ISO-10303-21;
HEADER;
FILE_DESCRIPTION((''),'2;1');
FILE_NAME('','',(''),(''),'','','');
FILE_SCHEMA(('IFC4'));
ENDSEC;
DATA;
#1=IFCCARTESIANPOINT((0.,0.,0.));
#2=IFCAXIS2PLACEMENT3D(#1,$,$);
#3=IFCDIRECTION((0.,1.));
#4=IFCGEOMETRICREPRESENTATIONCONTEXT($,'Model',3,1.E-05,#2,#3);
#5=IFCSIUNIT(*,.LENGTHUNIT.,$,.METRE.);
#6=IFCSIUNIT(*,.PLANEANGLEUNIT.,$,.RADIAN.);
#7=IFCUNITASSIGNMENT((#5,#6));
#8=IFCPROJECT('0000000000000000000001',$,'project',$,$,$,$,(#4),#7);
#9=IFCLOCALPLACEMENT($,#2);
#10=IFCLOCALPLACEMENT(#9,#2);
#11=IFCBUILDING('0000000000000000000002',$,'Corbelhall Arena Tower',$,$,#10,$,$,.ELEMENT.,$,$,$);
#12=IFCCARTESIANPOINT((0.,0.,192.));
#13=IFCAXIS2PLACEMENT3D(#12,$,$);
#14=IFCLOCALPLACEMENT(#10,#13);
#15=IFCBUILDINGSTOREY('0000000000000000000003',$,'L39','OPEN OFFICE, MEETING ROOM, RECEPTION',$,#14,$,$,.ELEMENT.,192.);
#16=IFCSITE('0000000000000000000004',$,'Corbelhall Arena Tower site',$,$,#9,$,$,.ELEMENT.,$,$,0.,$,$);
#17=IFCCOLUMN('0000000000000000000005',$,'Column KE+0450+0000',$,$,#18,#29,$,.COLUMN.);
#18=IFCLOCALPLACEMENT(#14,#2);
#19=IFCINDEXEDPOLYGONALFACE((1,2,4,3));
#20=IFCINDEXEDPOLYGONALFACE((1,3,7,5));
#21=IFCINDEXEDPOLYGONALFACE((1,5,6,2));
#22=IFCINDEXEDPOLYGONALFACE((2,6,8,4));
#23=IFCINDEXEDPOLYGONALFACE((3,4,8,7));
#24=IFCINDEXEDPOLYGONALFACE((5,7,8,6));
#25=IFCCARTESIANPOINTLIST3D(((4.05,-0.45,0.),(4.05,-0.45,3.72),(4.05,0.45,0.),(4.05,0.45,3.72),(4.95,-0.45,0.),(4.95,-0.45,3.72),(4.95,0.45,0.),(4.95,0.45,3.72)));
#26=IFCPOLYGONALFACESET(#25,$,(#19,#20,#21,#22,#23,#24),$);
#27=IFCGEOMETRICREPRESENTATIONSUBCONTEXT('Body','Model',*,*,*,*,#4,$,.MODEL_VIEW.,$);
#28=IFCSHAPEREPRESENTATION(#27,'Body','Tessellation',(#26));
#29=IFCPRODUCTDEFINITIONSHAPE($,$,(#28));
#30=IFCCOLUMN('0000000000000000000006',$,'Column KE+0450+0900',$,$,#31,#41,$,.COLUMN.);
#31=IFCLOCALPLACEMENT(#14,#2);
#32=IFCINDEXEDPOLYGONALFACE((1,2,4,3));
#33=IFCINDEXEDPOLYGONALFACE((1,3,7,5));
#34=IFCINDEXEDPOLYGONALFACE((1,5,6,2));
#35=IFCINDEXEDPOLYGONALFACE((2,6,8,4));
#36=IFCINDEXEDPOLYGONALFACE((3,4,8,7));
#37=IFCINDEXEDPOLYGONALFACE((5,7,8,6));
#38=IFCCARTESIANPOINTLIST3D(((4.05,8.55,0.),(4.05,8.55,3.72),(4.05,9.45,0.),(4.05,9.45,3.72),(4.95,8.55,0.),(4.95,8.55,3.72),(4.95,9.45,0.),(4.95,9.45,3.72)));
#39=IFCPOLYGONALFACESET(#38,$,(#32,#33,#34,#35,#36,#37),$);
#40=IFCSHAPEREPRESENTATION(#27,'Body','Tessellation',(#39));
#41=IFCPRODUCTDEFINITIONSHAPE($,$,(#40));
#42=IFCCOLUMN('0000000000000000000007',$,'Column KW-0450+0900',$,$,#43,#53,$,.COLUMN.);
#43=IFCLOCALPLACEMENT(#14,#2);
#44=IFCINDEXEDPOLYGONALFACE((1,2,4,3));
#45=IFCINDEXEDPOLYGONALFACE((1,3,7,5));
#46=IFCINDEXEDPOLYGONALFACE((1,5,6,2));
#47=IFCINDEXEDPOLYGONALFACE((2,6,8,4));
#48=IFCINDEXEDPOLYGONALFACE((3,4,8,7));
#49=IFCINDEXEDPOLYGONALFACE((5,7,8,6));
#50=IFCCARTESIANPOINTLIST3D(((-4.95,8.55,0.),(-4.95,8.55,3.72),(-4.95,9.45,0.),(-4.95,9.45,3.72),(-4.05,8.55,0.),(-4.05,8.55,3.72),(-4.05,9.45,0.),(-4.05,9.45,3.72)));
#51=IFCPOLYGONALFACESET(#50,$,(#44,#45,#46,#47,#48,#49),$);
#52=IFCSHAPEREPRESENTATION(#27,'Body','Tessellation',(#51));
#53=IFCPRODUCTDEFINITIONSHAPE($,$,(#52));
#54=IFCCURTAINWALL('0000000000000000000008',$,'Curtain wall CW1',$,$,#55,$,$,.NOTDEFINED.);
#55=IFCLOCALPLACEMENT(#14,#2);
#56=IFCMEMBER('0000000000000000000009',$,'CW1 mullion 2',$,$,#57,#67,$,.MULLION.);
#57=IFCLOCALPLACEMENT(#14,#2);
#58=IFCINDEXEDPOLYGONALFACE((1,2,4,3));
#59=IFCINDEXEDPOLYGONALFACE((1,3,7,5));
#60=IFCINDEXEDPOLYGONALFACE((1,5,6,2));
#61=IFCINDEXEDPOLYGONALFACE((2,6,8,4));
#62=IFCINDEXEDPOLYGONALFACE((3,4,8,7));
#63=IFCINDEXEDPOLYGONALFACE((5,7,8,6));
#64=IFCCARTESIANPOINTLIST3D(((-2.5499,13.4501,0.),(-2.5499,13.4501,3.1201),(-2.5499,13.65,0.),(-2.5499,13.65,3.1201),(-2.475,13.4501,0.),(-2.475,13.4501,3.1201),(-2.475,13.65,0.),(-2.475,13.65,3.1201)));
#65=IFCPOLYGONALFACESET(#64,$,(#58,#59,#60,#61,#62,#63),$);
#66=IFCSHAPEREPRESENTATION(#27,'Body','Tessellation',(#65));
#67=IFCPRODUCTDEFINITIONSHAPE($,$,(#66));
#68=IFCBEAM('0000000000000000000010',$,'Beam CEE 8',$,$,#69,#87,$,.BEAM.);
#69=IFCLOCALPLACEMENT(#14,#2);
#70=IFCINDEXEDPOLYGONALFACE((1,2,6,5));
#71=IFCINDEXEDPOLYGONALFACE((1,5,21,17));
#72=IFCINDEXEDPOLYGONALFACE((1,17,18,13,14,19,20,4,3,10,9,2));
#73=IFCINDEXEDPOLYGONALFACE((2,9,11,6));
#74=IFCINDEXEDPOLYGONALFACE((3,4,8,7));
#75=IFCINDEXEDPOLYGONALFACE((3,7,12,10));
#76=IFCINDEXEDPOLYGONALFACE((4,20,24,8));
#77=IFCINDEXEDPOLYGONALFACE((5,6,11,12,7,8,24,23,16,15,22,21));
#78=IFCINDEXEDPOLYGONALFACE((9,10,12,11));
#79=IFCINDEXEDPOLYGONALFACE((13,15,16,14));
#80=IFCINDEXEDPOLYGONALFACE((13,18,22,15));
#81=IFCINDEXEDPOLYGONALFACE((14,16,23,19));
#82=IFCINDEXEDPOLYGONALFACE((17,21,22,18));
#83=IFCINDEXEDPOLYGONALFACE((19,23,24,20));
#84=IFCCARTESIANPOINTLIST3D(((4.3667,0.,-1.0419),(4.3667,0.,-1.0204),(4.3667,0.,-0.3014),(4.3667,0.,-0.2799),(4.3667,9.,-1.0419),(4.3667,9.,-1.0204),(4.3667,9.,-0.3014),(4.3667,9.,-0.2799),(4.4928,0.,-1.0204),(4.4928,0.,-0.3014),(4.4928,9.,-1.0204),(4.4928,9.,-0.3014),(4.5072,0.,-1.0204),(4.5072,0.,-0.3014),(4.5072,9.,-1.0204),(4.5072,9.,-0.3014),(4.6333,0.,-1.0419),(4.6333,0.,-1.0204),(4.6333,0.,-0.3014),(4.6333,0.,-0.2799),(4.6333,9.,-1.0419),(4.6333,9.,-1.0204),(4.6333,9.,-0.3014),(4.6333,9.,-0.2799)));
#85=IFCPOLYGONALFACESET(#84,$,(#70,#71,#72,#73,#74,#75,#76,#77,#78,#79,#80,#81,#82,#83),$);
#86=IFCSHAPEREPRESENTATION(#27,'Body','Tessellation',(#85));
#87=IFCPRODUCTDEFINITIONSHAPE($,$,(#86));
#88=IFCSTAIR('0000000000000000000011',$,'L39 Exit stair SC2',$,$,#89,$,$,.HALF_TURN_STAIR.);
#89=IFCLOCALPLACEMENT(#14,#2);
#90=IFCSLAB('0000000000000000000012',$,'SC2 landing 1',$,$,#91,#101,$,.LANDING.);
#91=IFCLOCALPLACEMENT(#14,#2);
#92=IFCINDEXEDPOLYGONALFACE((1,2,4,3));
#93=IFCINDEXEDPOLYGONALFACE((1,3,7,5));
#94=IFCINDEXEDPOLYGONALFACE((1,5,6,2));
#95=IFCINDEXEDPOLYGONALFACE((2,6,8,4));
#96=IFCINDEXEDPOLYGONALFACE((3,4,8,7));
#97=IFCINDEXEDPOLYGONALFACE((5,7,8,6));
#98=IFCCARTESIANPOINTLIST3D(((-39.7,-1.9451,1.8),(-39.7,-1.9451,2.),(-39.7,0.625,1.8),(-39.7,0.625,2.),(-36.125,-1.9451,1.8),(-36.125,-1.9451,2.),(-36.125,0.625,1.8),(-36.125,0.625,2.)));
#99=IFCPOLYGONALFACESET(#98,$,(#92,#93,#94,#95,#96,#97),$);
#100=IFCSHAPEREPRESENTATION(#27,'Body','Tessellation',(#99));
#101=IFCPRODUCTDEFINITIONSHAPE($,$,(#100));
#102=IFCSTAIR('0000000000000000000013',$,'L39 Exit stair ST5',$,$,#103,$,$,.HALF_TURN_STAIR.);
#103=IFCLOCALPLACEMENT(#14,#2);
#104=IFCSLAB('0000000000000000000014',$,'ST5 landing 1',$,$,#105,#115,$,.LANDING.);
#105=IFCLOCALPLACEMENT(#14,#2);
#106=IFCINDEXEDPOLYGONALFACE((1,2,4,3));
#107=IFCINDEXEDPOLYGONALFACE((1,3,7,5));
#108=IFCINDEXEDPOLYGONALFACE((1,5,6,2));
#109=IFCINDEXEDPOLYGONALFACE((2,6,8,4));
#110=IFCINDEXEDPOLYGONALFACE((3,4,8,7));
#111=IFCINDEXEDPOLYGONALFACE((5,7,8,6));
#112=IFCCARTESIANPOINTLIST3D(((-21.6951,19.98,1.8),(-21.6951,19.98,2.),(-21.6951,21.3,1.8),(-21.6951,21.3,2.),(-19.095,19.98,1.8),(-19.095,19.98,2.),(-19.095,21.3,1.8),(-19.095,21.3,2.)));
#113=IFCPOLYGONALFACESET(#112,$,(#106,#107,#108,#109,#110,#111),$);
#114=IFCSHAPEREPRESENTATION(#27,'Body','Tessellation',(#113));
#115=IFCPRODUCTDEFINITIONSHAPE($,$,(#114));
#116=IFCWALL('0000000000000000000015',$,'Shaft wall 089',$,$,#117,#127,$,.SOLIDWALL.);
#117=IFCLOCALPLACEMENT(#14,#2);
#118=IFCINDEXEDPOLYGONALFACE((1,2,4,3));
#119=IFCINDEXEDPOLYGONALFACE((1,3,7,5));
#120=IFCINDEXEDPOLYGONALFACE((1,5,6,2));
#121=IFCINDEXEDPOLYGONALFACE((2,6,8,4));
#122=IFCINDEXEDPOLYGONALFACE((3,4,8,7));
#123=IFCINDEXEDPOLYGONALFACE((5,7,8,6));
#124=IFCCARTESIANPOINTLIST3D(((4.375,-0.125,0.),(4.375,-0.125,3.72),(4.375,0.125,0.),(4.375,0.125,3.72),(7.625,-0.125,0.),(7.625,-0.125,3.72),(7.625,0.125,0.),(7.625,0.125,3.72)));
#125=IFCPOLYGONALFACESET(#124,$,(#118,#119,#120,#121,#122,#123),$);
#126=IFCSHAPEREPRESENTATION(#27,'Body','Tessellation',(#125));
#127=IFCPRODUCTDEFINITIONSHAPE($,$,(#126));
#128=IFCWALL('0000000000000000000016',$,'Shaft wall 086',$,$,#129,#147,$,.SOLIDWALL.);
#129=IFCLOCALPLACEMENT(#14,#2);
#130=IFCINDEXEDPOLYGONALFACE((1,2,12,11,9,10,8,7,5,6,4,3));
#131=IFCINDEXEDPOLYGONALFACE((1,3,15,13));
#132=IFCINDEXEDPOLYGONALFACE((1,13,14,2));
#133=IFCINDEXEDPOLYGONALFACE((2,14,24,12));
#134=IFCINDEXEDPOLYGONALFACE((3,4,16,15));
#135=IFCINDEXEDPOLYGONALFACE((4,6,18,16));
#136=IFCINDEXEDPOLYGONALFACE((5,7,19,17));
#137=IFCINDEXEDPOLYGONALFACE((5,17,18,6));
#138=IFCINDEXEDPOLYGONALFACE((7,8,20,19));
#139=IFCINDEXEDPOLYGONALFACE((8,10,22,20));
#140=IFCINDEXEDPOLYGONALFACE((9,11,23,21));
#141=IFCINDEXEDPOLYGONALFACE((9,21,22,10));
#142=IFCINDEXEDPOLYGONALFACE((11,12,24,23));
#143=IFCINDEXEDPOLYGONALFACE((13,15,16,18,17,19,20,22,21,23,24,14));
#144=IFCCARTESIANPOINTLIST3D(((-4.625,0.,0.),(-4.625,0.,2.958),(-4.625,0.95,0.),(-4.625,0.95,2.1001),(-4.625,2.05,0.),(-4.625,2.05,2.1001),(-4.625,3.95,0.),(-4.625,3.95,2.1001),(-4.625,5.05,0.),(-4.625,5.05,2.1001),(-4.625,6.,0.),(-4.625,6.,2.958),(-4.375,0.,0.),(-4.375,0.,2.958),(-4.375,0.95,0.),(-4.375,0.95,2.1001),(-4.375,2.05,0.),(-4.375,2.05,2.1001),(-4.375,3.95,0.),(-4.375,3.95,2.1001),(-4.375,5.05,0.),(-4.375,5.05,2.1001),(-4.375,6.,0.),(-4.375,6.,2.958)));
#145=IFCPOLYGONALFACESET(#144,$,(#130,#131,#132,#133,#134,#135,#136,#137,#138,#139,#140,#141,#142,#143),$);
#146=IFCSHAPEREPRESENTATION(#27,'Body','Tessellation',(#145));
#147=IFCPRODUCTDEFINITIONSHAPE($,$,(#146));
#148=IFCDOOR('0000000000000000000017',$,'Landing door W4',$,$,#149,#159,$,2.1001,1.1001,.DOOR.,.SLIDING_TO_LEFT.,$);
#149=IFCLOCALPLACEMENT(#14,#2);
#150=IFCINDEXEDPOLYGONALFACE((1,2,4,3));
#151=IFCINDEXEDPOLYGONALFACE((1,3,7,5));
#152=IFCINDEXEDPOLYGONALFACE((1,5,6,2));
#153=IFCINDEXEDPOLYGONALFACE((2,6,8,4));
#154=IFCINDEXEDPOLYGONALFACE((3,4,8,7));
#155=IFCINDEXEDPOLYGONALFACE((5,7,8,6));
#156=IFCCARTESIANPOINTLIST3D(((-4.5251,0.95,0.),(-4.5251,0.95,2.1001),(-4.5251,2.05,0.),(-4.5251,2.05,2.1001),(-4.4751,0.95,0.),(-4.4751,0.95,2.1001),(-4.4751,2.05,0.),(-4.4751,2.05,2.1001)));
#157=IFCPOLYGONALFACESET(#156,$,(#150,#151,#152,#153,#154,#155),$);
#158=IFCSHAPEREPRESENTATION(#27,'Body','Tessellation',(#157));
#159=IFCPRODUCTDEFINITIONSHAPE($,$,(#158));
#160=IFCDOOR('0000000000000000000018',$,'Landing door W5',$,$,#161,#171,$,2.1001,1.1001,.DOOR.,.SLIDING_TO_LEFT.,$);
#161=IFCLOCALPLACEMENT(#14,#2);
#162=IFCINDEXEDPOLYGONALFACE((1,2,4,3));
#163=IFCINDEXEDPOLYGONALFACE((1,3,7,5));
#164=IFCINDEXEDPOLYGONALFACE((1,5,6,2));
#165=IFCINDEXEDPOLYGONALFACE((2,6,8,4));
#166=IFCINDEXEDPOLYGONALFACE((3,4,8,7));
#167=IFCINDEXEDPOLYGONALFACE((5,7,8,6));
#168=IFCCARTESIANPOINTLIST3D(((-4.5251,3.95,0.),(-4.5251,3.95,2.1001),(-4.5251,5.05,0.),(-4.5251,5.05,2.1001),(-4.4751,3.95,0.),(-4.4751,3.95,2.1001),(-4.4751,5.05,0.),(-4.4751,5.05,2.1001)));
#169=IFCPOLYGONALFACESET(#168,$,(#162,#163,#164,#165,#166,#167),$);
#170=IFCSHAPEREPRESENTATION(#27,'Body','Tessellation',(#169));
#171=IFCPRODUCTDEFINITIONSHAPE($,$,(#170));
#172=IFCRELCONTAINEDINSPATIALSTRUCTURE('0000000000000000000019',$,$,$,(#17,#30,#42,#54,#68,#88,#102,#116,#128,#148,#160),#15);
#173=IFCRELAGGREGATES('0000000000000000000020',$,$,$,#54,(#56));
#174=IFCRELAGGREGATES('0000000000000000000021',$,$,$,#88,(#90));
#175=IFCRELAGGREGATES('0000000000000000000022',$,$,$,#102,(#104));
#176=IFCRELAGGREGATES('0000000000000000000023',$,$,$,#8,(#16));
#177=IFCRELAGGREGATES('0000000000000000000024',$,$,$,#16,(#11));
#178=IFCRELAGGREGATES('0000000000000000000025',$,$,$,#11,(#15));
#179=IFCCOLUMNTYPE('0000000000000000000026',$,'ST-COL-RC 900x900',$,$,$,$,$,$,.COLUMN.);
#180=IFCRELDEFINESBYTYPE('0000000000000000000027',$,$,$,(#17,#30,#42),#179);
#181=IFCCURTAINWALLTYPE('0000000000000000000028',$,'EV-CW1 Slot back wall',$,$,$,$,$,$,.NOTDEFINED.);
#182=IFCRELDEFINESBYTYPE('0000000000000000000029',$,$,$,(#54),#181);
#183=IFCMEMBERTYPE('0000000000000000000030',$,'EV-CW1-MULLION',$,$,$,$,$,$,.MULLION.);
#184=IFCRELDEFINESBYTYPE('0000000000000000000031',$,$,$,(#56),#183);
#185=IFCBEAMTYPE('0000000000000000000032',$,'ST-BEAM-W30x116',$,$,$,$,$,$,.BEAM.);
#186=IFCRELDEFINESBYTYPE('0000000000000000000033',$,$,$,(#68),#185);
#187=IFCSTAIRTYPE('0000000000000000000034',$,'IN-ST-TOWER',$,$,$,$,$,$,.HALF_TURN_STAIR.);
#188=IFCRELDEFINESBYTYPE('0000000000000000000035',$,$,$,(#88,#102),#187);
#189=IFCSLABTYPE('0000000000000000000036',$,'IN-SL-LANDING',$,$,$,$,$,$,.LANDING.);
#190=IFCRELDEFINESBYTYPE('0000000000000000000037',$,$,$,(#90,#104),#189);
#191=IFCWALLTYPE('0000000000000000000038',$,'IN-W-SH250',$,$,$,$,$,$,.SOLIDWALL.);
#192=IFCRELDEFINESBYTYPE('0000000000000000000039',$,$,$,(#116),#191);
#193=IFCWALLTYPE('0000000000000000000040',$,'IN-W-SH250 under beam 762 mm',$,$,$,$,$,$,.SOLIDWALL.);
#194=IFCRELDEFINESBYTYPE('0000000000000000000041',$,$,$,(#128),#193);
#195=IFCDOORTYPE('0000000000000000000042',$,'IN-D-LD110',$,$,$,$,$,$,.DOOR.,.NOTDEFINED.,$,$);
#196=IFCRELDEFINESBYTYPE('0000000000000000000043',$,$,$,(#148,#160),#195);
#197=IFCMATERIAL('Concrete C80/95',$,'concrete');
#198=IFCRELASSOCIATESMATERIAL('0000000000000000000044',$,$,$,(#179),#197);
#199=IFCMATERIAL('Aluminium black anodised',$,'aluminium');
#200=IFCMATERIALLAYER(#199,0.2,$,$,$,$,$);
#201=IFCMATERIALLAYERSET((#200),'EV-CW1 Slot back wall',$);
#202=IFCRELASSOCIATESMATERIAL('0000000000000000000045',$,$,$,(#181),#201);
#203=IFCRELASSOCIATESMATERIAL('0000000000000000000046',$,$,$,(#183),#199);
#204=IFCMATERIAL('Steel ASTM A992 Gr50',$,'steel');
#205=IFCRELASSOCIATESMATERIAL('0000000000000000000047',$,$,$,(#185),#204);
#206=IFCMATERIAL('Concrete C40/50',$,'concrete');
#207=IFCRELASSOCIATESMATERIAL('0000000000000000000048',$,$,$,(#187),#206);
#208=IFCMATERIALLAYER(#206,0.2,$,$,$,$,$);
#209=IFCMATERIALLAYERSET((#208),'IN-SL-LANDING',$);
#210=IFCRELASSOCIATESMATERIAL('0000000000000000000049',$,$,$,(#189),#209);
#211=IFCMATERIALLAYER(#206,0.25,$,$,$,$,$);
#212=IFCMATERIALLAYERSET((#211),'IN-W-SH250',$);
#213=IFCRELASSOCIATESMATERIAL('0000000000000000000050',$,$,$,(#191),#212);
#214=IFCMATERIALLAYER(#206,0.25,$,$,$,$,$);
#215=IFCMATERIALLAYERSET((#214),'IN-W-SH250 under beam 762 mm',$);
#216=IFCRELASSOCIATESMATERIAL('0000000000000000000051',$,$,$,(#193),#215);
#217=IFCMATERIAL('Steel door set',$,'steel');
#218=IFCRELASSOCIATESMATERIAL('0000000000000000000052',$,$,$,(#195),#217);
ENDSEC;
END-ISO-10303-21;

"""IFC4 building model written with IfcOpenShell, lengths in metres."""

from ifc_helpers import new_model, si_unit, direction, frame, frame_2d, origin, origin_2d, place, context, subcontext, project, spatial, polyline, rectangle, i_section, outline, extrude, material, layer, layer_set, material_profile, profile_set, type_object, element, fill, aggregate, save


model = new_model("IFC4")

# Units and contexts
model_context = context("Model", 3, precision=1e-05, world=origin(), true_north=direction((0.0, 1.0)))
body_context = subcontext(model_context, "Body", "Model", "MODEL_VIEW")
ifc_project = project(units=[si_unit("LENGTHUNIT", "METRE"), si_unit("PLANEANGLEUNIT", "RADIAN")], contexts=[model_context])

# Site, building, storey
site_placement = place(None, origin())
site = spatial("IfcSite", under=ifc_project, at=site_placement, Name="Corbelhall Arena Tower site", CompositionType="ELEMENT", RefElevation=0.0)
building_placement = place(site_placement, origin())
building = spatial("IfcBuilding", under=site, at=building_placement, Name="Corbelhall Arena Tower", CompositionType="ELEMENT")
storey_placement = place(building_placement, frame((0.0, 0.0, 192.0)))
storey = spatial("IfcBuildingStorey", under=building, at=storey_placement, Name="L39", Description="OPEN OFFICE, MEETING ROOM, RECEPTION", CompositionType="ELEMENT", Elevation=192.0)

# Columns
ifc_material_1 = material(Name="Concrete C80/95", Category="concrete")
ifc_material_profile_1 = material_profile(ifc_material_1, rectangle(XDim=0.8999, YDim=0.8999, at=origin_2d()))
ifc_profile_set_1 = profile_set([ifc_material_profile_1], Name="Concrete C80/95")
column_type = type_object("IfcColumnType", Name="ST-COL-RC 900x900", PredefinedType="COLUMN", material=ifc_profile_set_1)
for number, where, z_axis, x_axis, name in (
    (1, (4.5, 0.0, 0.0), (0.0, 0.0, 1.0), (1.0, 0.0, 0.0), "Column KE+0450+0000"),
    (2, (4.5, 9.0, 0.0), (0.0, 0.0, 1.0), (1.0, 0.0, 0.0), "Column KE+0450+0900"),
    (3, (-4.5, 9.0, 0.0), (0.0, 0.0, 1.0), (1.0, 0.0, 0.0), "Column KW-0450+0900"),
):
    element("IfcColumn", number, at=place(storey_placement, frame(where, z_axis=z_axis, x_axis=x_axis)), inside=storey, type_object=column_type, Name=name, PredefinedType="COLUMN", context=body_context, shape_type="SweptSolid", body=[
        extrude(rectangle(XDim=0.8999, YDim=0.8999, at=origin_2d()), origin(), (0.0, 0.0, 1.0), 3.72),
    ])

# Curtain wall, member
ifc_material_2 = material(Name="Aluminium black anodised", Category="aluminium")
ifc_layer_1 = layer(ifc_material_2, 0.2)
ifc_layer_set_1 = layer_set([ifc_layer_1], Name="EV-CW1 Slot back wall")
curtain_wall_type = type_object("IfcCurtainWallType", Name="EV-CW1 Slot back wall", PredefinedType="NOTDEFINED", material=ifc_layer_set_1)
curtain_wall_placement = place(storey_placement, origin())
curtain_wall = element("IfcCurtainWall", 4, at=curtain_wall_placement, inside=storey, type_object=curtain_wall_type, Name="Curtain wall CW1", PredefinedType="NOTDEFINED")
ifc_material_profile_2 = material_profile(ifc_material_2, rectangle(XDim=0.2, YDim=0.075, at=origin_2d()))
ifc_profile_set_2 = profile_set([ifc_material_profile_2], Name="Aluminium black anodised")
member_type = type_object("IfcMemberType", Name="EV-CW1-MULLION", PredefinedType="MULLION", material=ifc_profile_set_2)
member_placement = place(storey_placement, frame((-2.5125, 13.55, 0.0), z_axis=(0.0, 0.0, 1.0), x_axis=(0.0, -1.0, 0.0)))
member = element("IfcMember", 5, at=member_placement, type_object=member_type, Name="CW1 mullion 2", PredefinedType="MULLION", context=body_context, shape_type="SweptSolid", body=[
    extrude(rectangle(XDim=0.2, YDim=0.075, at=origin_2d()), origin(), (0.0, 0.0, 1.0), 3.1201),
])
aggregate(curtain_wall, [member])

# Beam
ifc_material_3 = material(Name="Steel ASTM A992 Gr50", Category="steel")
ifc_material_profile_3 = material_profile(ifc_material_3, i_section(OverallWidth=0.2666, OverallDepth=0.762, WebThickness=0.0144, FlangeThickness=0.0215, at=origin_2d()))
ifc_profile_set_3 = profile_set([ifc_material_profile_3], Name="Steel ASTM A992 Gr50")
beam_type = type_object("IfcBeamType", Name="ST-BEAM-W30x116", PredefinedType="BEAM", material=ifc_profile_set_3)
beam_placement = place(storey_placement, frame((4.5, 0.0, -0.6609), z_axis=(0.0, 1.0, 0.0), x_axis=(-1.0, 0.0, 0.0)))
element("IfcBeam", 6, at=beam_placement, inside=storey, type_object=beam_type, Name="Beam CEE 8", PredefinedType="BEAM", context=body_context, shape_type="SweptSolid", body=[
    extrude(i_section(OverallWidth=0.2666, OverallDepth=0.762, WebThickness=0.0144, FlangeThickness=0.0215, at=origin_2d()), origin(), (0.0, 0.0, 1.0), 9.0),
])

# Stairs, slabs
ifc_material_4 = material(Name="Concrete C40/50", Category="concrete")
stair_type = type_object("IfcStairType", Name="IN-ST-TOWER", PredefinedType="HALF_TURN_STAIR", material=ifc_material_4)
stair_1_placement = place(storey_placement, origin())
stair_1 = element("IfcStair", 7, at=stair_1_placement, inside=storey, type_object=stair_type, Name="L39 Exit stair SC2", PredefinedType="HALF_TURN_STAIR")
ifc_layer_2 = layer(ifc_material_4, 0.2)
ifc_layer_set_2 = layer_set([ifc_layer_2], Name="IN-SL-LANDING")
slab_type = type_object("IfcSlabType", Name="IN-SL-LANDING", PredefinedType="LANDING", material=ifc_layer_set_2)
slab_1_placement = place(storey_placement, frame((0.0, 0.0, 1.8)))
slab_1 = element("IfcSlab", 8, at=slab_1_placement, type_object=slab_type, Name="SC2 landing 1", PredefinedType="LANDING", context=body_context, shape_type="SweptSolid", body=[
    extrude(outline(polyline([(-36.125, -1.9451), (-36.125, 0.625), (-39.7, 0.625), (-39.7, -1.9451), (-36.125, -1.9451)])), origin(), (0.0, 0.0, 1.0), 0.2),
])
aggregate(stair_1, [slab_1])
stair_2_placement = place(storey_placement, origin())
stair_2 = element("IfcStair", 9, at=stair_2_placement, inside=storey, type_object=stair_type, Name="L39 Exit stair ST5", PredefinedType="HALF_TURN_STAIR")
slab_2_placement = place(storey_placement, frame((0.0, 0.0, 1.8)))
slab_2 = element("IfcSlab", 10, at=slab_2_placement, type_object=slab_type, Name="ST5 landing 1", PredefinedType="LANDING", context=body_context, shape_type="SweptSolid", body=[
    extrude(outline(polyline([(-19.095, 19.98), (-19.095, 21.3), (-21.6951, 21.3), (-21.6951, 19.98), (-19.095, 19.98)])), origin(), (0.0, 0.0, 1.0), 0.2),
])
aggregate(stair_2, [slab_2])

# Shared definitions
ifc_material_5 = material(Name="Steel door set", Category="steel")

# Wall
ifc_layer_3 = layer(ifc_material_4, 0.25)
ifc_layer_set_3 = layer_set([ifc_layer_3], Name="IN-W-SH250")
wall_type_1 = type_object("IfcWallType", Name="IN-W-SH250", PredefinedType="SOLIDWALL", material=ifc_layer_set_3)
wall_1_placement = place(storey_placement, frame((4.375, 0.0, 0.0), z_axis=(0.0, 0.0, 1.0), x_axis=(1.0, 0.0, 0.0)))
element("IfcWall", 11, at=wall_1_placement, inside=storey, type_object=wall_type_1, Name="Shaft wall 089", PredefinedType="SOLIDWALL", context=body_context, shape_type="SweptSolid", body=[
    extrude(rectangle(XDim=3.25, YDim=0.25, at=frame_2d((1.625, 0.0))), origin(), (0.0, 0.0, 1.0), 3.72),
])

# Wall, openings, doors
ifc_layer_4 = layer(ifc_material_4, 0.25)
ifc_layer_set_4 = layer_set([ifc_layer_4], Name="IN-W-SH250 under beam 762 mm")
wall_type_2 = type_object("IfcWallType", Name="IN-W-SH250 under beam 762 mm", PredefinedType="SOLIDWALL", material=ifc_layer_set_4)
wall_2_placement = place(storey_placement, frame((-4.5, 6.0, 0.0), z_axis=(0.0, 0.0, 1.0), x_axis=(0.0, -1.0, 0.0)))
wall_2 = element("IfcWall", 12, at=wall_2_placement, inside=storey, type_object=wall_type_2, Name="Shaft wall 086", PredefinedType="SOLIDWALL", context=body_context, shape_type="SweptSolid", body=[
    extrude(rectangle(XDim=6.0, YDim=0.25, at=frame_2d((3.0, 0.0))), origin(), (0.0, 0.0, 1.0), 2.958),
])
opening_1_placement = place(wall_2_placement, frame((3.95, 0.0, 0.0)))
opening_1 = element("IfcOpeningElement", 13, at=opening_1_placement, cuts=wall_2, PredefinedType="OPENING", context=body_context, shape_type="SweptSolid", body=[
    extrude(rectangle(XDim=1.1001, YDim=2.1001, at=frame_2d((0.55, 1.05))), frame((0.0, 0.125, 0.0), z_axis=(0.0, -1.0, 0.0), x_axis=(1.0, 0.0, 0.0)), (0.0, 0.0, 1.0), 0.25),
])
opening_2_placement = place(wall_2_placement, frame((0.95, 0.0, 0.0)))
opening_2 = element("IfcOpeningElement", 14, at=opening_2_placement, cuts=wall_2, PredefinedType="OPENING", context=body_context, shape_type="SweptSolid", body=[
    extrude(rectangle(XDim=1.1001, YDim=2.1001, at=frame_2d((0.55, 1.05))), frame((0.0, 0.125, 0.0), z_axis=(0.0, -1.0, 0.0), x_axis=(1.0, 0.0, 0.0)), (0.0, 0.0, 1.0), 0.25),
])
door_type_1 = type_object("IfcDoorType", Name="IN-D-LD110", OperationType="NOTDEFINED", PredefinedType="DOOR", material=ifc_material_5)
door_1_placement = place(opening_1_placement, origin())
door_1 = element("IfcDoor", 15, at=door_1_placement, inside=storey, type_object=door_type_1, Name="Landing door W4", OperationType="SLIDING_TO_LEFT", OverallHeight=2.1001, OverallWidth=1.1001, PredefinedType="DOOR", context=body_context, shape_type="SweptSolid", body=[
    extrude(rectangle(XDim=1.1001, YDim=2.1001, at=frame_2d((0.55, 1.05))), frame((0.0, 0.0249, 0.0), z_axis=(0.0, -1.0, 0.0), x_axis=(1.0, 0.0, 0.0)), (0.0, 0.0, 1.0), 0.05),
])
fill(opening_1, door_1)
door_2_placement = place(opening_2_placement, origin())
door_2 = element("IfcDoor", 16, at=door_2_placement, inside=storey, type_object=door_type_1, Name="Landing door W5", OperationType="SLIDING_TO_LEFT", OverallHeight=2.1001, OverallWidth=1.1001, PredefinedType="DOOR", context=body_context, shape_type="SweptSolid", body=[
    extrude(rectangle(XDim=1.1001, YDim=2.1001, at=frame_2d((0.55, 1.05))), frame((0.0, 0.0249, 0.0), z_axis=(0.0, -1.0, 0.0), x_axis=(1.0, 0.0, 0.0)), (0.0, 0.0, 1.0), 0.05),
])
fill(opening_2, door_2)

save(model, "model.ifc")
